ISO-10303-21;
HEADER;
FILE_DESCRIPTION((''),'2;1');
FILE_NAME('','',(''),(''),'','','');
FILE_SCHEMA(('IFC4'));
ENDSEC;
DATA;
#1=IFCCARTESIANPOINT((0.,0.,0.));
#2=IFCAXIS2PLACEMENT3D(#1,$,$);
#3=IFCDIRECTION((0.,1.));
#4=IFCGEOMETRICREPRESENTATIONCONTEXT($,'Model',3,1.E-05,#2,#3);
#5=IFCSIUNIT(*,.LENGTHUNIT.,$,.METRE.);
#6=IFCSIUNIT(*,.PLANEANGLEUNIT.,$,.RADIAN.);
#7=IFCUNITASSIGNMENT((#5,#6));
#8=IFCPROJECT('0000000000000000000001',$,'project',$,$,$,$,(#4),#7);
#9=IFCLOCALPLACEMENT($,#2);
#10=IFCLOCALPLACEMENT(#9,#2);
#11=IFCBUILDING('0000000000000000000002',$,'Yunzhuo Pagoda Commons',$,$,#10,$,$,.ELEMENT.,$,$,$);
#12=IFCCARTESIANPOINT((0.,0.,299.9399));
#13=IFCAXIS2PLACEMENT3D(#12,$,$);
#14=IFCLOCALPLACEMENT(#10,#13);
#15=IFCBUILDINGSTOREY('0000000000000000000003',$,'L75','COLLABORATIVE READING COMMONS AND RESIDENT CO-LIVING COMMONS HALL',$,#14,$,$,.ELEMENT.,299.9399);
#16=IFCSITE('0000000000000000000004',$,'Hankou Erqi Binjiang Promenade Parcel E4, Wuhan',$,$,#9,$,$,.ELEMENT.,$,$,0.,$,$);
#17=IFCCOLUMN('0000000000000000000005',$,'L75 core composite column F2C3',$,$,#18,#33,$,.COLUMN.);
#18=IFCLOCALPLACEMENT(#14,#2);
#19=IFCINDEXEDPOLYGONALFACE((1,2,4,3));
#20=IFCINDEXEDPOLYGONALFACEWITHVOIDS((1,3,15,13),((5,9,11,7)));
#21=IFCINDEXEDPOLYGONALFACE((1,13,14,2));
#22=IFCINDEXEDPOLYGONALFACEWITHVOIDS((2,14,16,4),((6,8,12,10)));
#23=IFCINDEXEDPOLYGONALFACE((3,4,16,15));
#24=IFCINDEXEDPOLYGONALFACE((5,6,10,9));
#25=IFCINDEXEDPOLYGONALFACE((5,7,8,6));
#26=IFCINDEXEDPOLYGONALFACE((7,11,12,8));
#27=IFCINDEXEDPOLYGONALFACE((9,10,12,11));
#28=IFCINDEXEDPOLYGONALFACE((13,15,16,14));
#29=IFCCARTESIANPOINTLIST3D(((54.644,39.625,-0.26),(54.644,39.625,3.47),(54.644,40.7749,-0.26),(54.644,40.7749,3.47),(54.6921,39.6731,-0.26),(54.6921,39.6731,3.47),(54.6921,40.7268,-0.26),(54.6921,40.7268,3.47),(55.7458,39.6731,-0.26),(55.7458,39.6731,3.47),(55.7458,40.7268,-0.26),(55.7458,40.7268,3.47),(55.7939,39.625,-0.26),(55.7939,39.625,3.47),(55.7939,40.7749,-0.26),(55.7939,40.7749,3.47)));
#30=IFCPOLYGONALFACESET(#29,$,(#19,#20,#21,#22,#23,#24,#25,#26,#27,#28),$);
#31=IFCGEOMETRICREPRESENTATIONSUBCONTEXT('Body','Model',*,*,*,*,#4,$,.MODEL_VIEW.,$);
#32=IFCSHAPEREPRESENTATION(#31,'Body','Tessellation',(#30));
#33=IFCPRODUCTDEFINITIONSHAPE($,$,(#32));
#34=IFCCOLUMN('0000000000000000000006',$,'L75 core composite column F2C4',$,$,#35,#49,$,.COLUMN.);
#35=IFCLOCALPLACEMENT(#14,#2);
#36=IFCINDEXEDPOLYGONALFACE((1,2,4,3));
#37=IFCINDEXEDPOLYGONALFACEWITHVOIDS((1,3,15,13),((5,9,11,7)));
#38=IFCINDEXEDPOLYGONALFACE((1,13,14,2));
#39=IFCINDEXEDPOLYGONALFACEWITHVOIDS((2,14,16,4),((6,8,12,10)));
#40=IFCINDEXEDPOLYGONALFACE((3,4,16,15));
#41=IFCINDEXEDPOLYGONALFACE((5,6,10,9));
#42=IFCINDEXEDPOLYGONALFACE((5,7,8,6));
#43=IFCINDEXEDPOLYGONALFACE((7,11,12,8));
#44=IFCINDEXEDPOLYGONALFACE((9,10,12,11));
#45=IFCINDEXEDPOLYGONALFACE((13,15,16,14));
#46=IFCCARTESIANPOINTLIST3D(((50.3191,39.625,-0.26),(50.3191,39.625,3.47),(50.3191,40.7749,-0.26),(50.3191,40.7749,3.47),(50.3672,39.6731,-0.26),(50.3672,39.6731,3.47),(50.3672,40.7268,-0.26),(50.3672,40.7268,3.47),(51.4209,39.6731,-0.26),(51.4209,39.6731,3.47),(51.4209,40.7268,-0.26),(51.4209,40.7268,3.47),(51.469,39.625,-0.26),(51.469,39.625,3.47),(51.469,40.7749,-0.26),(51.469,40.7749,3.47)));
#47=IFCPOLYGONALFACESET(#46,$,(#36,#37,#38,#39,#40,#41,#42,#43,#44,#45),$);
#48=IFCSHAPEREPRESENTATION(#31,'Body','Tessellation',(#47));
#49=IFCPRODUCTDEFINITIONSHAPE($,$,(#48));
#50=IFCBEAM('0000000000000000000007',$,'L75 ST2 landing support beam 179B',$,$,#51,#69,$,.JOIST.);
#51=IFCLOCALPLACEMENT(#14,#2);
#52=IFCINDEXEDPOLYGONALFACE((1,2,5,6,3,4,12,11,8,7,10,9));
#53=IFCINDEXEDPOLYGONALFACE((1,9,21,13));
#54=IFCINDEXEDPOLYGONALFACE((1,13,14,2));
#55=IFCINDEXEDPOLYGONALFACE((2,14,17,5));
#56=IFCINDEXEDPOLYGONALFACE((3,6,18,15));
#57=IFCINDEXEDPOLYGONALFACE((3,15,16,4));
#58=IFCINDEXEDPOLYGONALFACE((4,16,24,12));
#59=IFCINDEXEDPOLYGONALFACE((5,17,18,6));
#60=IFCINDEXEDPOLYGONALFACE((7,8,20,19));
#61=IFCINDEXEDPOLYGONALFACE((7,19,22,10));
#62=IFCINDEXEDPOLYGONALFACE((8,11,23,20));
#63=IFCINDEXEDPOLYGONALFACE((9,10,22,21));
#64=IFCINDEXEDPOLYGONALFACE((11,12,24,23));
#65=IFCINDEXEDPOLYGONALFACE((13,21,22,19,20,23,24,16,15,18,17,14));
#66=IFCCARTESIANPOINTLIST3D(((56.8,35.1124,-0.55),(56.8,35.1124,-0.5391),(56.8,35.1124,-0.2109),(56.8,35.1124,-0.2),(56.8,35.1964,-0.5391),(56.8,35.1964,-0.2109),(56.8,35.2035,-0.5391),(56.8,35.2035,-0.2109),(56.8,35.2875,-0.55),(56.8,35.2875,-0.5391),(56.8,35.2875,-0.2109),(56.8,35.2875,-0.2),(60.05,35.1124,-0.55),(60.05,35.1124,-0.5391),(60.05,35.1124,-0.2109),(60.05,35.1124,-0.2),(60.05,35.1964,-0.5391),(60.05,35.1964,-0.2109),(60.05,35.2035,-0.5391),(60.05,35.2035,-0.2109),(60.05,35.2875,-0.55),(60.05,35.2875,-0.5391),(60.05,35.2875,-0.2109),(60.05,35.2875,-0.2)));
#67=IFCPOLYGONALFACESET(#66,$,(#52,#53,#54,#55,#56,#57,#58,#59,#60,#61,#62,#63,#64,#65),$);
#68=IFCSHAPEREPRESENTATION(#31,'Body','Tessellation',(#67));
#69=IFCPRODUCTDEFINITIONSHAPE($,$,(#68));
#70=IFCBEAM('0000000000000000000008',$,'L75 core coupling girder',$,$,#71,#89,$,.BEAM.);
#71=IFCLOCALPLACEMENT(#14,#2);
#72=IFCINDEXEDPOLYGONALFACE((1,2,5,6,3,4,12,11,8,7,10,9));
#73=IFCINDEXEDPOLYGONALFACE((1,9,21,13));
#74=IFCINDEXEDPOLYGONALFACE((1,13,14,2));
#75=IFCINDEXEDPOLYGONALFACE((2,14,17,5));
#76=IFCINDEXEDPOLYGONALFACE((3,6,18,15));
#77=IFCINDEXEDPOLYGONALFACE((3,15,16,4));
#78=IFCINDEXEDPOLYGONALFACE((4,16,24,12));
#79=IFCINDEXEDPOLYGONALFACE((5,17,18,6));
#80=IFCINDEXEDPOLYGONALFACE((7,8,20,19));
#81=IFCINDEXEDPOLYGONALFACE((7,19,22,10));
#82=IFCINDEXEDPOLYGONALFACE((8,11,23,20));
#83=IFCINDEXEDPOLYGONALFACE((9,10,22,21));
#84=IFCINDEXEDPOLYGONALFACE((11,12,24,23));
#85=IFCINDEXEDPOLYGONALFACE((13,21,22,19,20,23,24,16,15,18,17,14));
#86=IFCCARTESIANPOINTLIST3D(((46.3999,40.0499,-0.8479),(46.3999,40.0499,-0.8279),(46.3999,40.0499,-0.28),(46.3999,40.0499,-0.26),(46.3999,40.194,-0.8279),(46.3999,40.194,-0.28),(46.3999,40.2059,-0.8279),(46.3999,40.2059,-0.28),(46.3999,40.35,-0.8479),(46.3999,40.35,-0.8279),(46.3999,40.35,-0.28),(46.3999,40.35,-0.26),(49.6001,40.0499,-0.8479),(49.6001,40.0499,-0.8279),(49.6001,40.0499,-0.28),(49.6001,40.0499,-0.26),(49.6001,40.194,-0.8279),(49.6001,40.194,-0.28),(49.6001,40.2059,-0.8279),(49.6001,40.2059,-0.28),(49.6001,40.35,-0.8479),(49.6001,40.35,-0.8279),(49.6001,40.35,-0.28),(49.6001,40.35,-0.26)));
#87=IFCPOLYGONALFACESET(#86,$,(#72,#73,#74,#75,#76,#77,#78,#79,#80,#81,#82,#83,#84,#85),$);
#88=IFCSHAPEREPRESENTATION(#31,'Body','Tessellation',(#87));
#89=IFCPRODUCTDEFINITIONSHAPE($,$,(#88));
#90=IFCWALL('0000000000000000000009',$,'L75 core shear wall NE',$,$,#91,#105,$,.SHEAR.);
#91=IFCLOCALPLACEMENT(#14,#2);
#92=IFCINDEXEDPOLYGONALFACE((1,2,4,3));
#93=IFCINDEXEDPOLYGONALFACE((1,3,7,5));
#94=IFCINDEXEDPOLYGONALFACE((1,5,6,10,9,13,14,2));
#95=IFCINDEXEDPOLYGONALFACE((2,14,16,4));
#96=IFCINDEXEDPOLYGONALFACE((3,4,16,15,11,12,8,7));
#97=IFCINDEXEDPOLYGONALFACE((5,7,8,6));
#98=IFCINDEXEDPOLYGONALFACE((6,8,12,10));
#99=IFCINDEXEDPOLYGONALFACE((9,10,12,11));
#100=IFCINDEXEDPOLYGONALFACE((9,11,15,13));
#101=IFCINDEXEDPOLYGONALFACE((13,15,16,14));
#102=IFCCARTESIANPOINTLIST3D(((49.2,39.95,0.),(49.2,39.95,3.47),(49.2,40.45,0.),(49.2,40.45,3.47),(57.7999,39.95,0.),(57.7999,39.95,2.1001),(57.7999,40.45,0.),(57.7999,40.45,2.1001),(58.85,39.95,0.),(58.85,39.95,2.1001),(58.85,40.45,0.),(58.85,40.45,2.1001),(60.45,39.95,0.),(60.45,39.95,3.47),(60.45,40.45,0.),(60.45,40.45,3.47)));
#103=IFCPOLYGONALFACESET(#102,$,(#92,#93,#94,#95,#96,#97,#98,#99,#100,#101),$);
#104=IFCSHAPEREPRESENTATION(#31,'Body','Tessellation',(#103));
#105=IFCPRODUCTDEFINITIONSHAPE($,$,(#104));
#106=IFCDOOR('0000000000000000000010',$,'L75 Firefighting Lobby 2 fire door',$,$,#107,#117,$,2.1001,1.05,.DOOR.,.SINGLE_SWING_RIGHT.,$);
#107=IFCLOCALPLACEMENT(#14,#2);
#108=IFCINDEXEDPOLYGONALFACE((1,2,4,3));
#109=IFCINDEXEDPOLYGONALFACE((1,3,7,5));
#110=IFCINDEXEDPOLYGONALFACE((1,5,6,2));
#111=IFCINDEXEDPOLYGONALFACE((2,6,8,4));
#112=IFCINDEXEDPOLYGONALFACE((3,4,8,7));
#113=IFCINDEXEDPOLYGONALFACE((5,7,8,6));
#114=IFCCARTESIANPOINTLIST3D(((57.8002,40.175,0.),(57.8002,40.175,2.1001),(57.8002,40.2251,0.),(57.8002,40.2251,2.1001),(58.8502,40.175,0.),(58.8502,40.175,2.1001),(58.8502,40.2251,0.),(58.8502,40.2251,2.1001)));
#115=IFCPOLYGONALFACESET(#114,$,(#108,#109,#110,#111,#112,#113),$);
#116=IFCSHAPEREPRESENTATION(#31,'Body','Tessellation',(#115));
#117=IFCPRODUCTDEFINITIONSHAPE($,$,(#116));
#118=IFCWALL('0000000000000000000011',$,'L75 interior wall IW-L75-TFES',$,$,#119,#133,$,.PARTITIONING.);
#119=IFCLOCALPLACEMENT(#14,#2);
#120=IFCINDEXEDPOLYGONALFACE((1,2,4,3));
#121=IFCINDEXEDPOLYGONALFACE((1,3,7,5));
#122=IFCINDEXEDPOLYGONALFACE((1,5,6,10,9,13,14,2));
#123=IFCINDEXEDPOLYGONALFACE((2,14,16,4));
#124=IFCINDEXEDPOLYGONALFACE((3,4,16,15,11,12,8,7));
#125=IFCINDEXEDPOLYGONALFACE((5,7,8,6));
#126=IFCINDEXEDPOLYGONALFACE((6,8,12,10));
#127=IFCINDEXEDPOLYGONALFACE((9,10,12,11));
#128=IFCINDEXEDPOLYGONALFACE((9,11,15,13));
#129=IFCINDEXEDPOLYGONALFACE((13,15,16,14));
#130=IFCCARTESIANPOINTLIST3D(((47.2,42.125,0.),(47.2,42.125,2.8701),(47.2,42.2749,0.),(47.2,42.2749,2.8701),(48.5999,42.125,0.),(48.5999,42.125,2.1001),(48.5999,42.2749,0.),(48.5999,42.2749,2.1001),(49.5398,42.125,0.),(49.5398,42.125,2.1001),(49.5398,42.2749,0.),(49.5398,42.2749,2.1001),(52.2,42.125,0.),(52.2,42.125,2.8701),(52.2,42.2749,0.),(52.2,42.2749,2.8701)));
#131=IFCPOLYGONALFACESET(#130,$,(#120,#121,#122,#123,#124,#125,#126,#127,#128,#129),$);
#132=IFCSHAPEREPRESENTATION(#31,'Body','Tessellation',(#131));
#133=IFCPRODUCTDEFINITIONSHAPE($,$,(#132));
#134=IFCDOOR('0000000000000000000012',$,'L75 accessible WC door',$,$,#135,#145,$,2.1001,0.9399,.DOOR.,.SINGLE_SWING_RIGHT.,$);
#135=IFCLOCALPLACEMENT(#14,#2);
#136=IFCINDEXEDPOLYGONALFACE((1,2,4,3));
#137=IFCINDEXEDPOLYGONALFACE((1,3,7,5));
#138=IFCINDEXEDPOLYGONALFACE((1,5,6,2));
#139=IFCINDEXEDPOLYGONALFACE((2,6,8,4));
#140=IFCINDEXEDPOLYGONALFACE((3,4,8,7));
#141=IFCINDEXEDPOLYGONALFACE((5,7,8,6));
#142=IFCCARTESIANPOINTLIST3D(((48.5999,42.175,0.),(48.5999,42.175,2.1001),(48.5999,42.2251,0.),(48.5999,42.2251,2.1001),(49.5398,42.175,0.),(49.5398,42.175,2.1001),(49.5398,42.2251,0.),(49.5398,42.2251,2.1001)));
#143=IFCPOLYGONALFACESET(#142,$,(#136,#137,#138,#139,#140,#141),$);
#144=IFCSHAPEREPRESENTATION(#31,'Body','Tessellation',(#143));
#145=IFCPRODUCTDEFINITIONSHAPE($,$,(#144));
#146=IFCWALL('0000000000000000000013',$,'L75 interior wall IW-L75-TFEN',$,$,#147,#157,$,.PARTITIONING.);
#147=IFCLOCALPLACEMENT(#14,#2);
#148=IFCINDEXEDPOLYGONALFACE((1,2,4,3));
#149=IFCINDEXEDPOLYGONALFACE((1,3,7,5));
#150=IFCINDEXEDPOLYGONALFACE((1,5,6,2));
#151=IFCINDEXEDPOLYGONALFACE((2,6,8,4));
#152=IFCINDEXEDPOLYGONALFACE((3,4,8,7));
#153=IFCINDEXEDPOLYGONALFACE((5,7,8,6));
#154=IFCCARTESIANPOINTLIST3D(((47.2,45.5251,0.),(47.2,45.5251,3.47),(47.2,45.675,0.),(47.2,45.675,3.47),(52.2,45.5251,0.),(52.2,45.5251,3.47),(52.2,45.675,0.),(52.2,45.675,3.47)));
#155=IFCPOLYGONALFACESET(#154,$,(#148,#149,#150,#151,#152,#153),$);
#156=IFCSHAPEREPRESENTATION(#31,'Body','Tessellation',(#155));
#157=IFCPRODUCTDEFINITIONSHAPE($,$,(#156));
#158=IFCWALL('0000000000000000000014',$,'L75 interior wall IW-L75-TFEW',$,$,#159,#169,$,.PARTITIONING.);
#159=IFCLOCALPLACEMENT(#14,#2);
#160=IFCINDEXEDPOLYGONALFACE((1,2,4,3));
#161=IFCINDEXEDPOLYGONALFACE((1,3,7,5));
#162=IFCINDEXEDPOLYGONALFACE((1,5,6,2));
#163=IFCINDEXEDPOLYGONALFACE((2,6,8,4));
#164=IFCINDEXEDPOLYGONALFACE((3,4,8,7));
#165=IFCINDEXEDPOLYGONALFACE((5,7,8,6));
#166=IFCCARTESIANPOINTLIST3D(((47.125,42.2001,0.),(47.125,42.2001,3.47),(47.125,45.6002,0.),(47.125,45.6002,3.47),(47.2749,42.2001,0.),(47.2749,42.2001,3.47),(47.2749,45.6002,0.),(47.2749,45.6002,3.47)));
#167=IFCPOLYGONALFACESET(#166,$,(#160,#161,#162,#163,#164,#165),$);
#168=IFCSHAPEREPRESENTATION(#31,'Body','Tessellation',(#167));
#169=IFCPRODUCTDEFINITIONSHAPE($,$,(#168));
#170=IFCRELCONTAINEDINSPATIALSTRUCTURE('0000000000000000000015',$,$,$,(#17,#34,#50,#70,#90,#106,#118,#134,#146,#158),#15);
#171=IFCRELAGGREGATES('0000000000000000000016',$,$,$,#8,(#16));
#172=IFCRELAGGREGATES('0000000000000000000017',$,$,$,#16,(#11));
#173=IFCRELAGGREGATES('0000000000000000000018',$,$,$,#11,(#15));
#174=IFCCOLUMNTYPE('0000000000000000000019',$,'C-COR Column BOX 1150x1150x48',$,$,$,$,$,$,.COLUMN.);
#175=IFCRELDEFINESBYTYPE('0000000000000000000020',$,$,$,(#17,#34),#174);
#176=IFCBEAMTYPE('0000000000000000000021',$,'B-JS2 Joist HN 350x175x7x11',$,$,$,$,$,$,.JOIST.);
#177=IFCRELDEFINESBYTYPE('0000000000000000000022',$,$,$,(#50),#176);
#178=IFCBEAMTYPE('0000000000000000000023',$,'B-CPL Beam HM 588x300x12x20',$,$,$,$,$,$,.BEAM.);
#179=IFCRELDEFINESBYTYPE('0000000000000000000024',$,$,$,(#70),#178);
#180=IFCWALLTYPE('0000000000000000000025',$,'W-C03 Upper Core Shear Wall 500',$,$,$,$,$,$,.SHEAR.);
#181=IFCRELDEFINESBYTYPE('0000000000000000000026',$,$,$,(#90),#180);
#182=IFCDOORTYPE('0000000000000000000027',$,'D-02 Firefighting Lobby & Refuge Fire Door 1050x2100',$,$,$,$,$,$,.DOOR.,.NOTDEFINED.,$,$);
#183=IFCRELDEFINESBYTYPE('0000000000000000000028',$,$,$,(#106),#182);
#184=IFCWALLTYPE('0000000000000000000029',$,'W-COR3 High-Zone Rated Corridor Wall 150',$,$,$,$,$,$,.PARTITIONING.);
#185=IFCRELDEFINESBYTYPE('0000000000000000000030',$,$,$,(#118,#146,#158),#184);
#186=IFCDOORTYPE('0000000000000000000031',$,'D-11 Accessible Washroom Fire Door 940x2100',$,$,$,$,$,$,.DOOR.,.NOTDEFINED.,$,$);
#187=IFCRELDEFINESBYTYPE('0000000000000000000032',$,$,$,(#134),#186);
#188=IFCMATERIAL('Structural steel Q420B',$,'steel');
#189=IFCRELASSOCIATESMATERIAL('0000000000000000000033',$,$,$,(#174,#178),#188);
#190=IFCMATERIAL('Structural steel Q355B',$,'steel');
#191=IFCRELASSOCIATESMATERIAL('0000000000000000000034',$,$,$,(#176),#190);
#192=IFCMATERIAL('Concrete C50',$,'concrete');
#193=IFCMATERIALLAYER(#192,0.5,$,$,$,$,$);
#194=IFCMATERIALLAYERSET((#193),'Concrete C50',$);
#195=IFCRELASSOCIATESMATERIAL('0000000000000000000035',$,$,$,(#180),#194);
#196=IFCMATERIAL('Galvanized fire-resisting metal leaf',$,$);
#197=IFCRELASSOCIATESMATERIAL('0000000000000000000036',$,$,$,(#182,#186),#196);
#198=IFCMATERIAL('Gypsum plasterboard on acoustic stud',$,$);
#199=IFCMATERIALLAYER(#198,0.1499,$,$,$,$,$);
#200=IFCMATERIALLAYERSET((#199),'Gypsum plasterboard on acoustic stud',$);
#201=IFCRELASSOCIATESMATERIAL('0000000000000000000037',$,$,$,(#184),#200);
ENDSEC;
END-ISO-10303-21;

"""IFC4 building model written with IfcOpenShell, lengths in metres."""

from ifc_helpers import new_model, si_unit, direction, frame, frame_2d, origin, origin_2d, place, context, subcontext, project, spatial, rectangle, hollow_rectangle, i_section, extrude, source, transform, mapped, material, layer, layer_set, material_profile, profile_set, type_object, element, fill, save


model = new_model("IFC4")

# Units and contexts
model_context = context("Model", 3, precision=1e-05, world=origin(), true_north=direction((0.0, 1.0)))
body_context = subcontext(model_context, "Body", "Model", "MODEL_VIEW")
ifc_project = project(units=[si_unit("LENGTHUNIT", "METRE"), si_unit("PLANEANGLEUNIT", "RADIAN")], contexts=[model_context])

# Site, building, storey
site_placement = place(None, origin())
site = spatial("IfcSite", under=ifc_project, at=site_placement, Name="Hankou Erqi Binjiang Promenade Parcel E4, Wuhan", CompositionType="ELEMENT", RefElevation=0.0)
building_placement = place(site_placement, origin())
building = spatial("IfcBuilding", under=site, at=building_placement, Name="Yunzhuo Pagoda Commons", CompositionType="ELEMENT")
storey_placement = place(building_placement, frame((0.0, 0.0, 299.9399)))
storey = spatial("IfcBuildingStorey", under=building, at=storey_placement, Name="L75", Description="COLLABORATIVE READING COMMONS AND RESIDENT CO-LIVING COMMONS HALL", CompositionType="ELEMENT", Elevation=299.9399)

# Columns
ifc_material_1 = material(Name="Structural steel Q420B", Category="steel")
ifc_material_profile_1 = material_profile(ifc_material_1, hollow_rectangle(XDim=1.1499, YDim=1.1499, WallThickness=0.0481, at=origin_2d()), Name="Structural steel Q420B")
ifc_profile_set_1 = profile_set([ifc_material_profile_1], Name="Structural steel Q420B")
column_type = type_object("IfcColumnType", Name="C-COR Column BOX 1150x1150x48", PredefinedType="COLUMN", material=ifc_profile_set_1)
shared_shape_1 = source(origin(), body_context, "Body", "SweptSolid", [
    extrude(hollow_rectangle(XDim=1.1499, YDim=1.1499, WallThickness=0.0481, at=origin_2d()), origin(), (0.0, 0.0, 1.0), 3.73),
])
for number, where, z_axis, x_axis, name in (
    (1, (55.219, 40.2, -0.26), (0.0, 0.0, 1.0), (1.0, 0.0, 0.0), "L75 core composite column F2C3"),
    (2, (50.894, 40.2, -0.26), (0.0, 0.0, 1.0), (1.0, 0.0, 0.0), "L75 core composite column F2C4"),
):
    element("IfcColumn", number, at=place(storey_placement, frame(where, z_axis=z_axis, x_axis=x_axis)), inside=storey, type_object=column_type, Name=name, PredefinedType="COLUMN", context=body_context, shape_type="MappedRepresentation", body=[
        mapped(shared_shape_1, transform((0.0, 0.0, 0.0), scale=1.0)),
    ])

# Beams
ifc_material_2 = material(Name="Structural steel Q355B", Category="steel")
ifc_material_profile_2 = material_profile(ifc_material_2, i_section(OverallWidth=0.175, OverallDepth=0.3501, WebThickness=0.0071, FlangeThickness=0.011, at=origin_2d()), Name="Structural steel Q355B")
ifc_profile_set_2 = profile_set([ifc_material_profile_2], Name="Structural steel Q355B")
beam_type_1 = type_object("IfcBeamType", Name="B-JS2 Joist HN 350x175x7x11", PredefinedType="JOIST", material=ifc_profile_set_2)
shared_shape_2 = source(origin(), body_context, "Body", "SweptSolid", [
    extrude(i_section(OverallWidth=0.175, OverallDepth=0.3501, WebThickness=0.0071, FlangeThickness=0.011, at=origin_2d()), origin(), (0.0, 0.0, 1.0), 3.25),
])
beam_1_placement = place(storey_placement, frame((56.8, 35.2, -0.375), z_axis=(1.0, 0.0, 0.0), x_axis=(0.0, 1.0, 0.0)))
element("IfcBeam", 3, at=beam_1_placement, inside=storey, type_object=beam_type_1, Name="L75 ST2 landing support beam 179B", PredefinedType="JOIST", context=body_context, shape_type="MappedRepresentation", body=[
    mapped(shared_shape_2, transform((0.0, 0.0, 0.0), scale=1.0)),
])
ifc_material_profile_3 = material_profile(ifc_material_1, i_section(OverallWidth=0.3, OverallDepth=0.5879, WebThickness=0.012, FlangeThickness=0.02, at=origin_2d()), Name="Structural steel Q420B")
ifc_profile_set_3 = profile_set([ifc_material_profile_3], Name="Structural steel Q420B")
beam_type_2 = type_object("IfcBeamType", Name="B-CPL Beam HM 588x300x12x20", PredefinedType="BEAM", material=ifc_profile_set_3)
shared_shape_3 = source(origin(), body_context, "Body", "SweptSolid", [
    extrude(i_section(OverallWidth=0.3, OverallDepth=0.5879, WebThickness=0.012, FlangeThickness=0.02, at=origin_2d()), origin(), (0.0, 0.0, 1.0), 3.2002),
])
beam_2_placement = place(storey_placement, frame((46.3999, 40.2, -0.554), z_axis=(1.0, 0.0, 0.0), x_axis=(0.0, 1.0, 0.0)))
element("IfcBeam", 4, at=beam_2_placement, inside=storey, type_object=beam_type_2, Name="L75 core coupling girder", PredefinedType="BEAM", context=body_context, shape_type="MappedRepresentation", body=[
    mapped(shared_shape_3, transform((0.0, 0.0, 0.0), scale=1.0)),
])

# Walls, openings, doors
ifc_material_3 = material(Name="Concrete C50", Category="concrete")
ifc_layer_1 = layer(ifc_material_3, 0.5)
ifc_layer_set_1 = layer_set([ifc_layer_1], Name="Concrete C50")
wall_type_1 = type_object("IfcWallType", Name="W-C03 Upper Core Shear Wall 500", PredefinedType="SHEAR", material=ifc_layer_set_1)
wall_1_placement = place(storey_placement, frame((49.2, 40.2, 0.0), z_axis=(0.0, 0.0, 1.0), x_axis=(1.0, 0.0, 0.0)))
wall_1 = element("IfcWall", 5, at=wall_1_placement, inside=storey, type_object=wall_type_1, Name="L75 core shear wall NE", PredefinedType="SHEAR", context=body_context, shape_type="SweptSolid", body=[
    extrude(rectangle(XDim=11.25, YDim=0.5, at=frame_2d((5.625, 0.0))), origin(), (0.0, 0.0, 1.0), 3.47),
])
opening_1_placement = place(wall_1_placement, frame((8.6001, 0.0, 0.0)))
opening_1 = element("IfcOpeningElement", 6, at=opening_1_placement, cuts=wall_1, PredefinedType="OPENING", context=body_context, shape_type="SweptSolid", body=[
    extrude(rectangle(XDim=1.05, YDim=2.1001, at=frame_2d((0.5249, 1.05))), frame((0.0, 0.26, 0.0), z_axis=(0.0, -1.0, 0.0), x_axis=(1.0, 0.0, 0.0)), (0.0, 0.0, 1.0), 0.52),
])
ifc_material_4 = material(Name="Galvanized fire-resisting metal leaf")
door_type_1 = type_object("IfcDoorType", Name="D-02 Firefighting Lobby & Refuge Fire Door 1050x2100", OperationType="NOTDEFINED", PredefinedType="DOOR", material=ifc_material_4)
shared_shape_4 = source(origin(), body_context, "Body", "SweptSolid", [
    extrude(rectangle(XDim=1.05, YDim=2.1001, at=frame_2d((0.5249, 1.05))), frame((0.0, 0.0249, 0.0), z_axis=(0.0, -1.0, 0.0), x_axis=(1.0, 0.0, 0.0)), (0.0, 0.0, 1.0), 0.05),
])
door_1_placement = place(opening_1_placement, frame((1.05, 0.0, 0.0), z_axis=(0.0, 0.0, 1.0), x_axis=(-1.0, 0.0, 0.0)))
door_1 = element("IfcDoor", 7, at=door_1_placement, inside=storey, type_object=door_type_1, Name="L75 Firefighting Lobby 2 fire door", OperationType="SINGLE_SWING_RIGHT", OverallHeight=2.1001, OverallWidth=1.05, PredefinedType="DOOR", context=body_context, shape_type="MappedRepresentation", body=[
    mapped(shared_shape_4, transform((0.0, 0.0, 0.0), scale=1.0)),
])
fill(opening_1, door_1)
ifc_material_5 = material(Name="Gypsum plasterboard on acoustic stud")
ifc_layer_2 = layer(ifc_material_5, 0.1499)
ifc_layer_set_2 = layer_set([ifc_layer_2], Name="Gypsum plasterboard on acoustic stud")
wall_type_2 = type_object("IfcWallType", Name="W-COR3 High-Zone Rated Corridor Wall 150", PredefinedType="PARTITIONING", material=ifc_layer_set_2)
wall_2_placement = place(storey_placement, frame((47.2, 42.2, 0.0), z_axis=(0.0, 0.0, 1.0), x_axis=(1.0, 0.0, 0.0)))
wall_2 = element("IfcWall", 8, at=wall_2_placement, inside=storey, type_object=wall_type_2, Name="L75 interior wall IW-L75-TFES", PredefinedType="PARTITIONING", context=body_context, shape_type="SweptSolid", body=[
    extrude(rectangle(XDim=5.0, YDim=0.1499, at=frame_2d((2.5, 0.0))), origin(), (0.0, 0.0, 1.0), 2.8701),
])
opening_2_placement = place(wall_2_placement, frame((1.3999, 0.0, 0.0)))
opening_2 = element("IfcOpeningElement", 9, at=opening_2_placement, cuts=wall_2, PredefinedType="OPENING", context=body_context, shape_type="SweptSolid", body=[
    extrude(rectangle(XDim=0.9399, YDim=2.1001, at=frame_2d((0.47, 1.05))), frame((0.0, 0.085, 0.0), z_axis=(0.0, -1.0, 0.0), x_axis=(1.0, 0.0, 0.0)), (0.0, 0.0, 1.0), 0.1699),
])
door_type_2 = type_object("IfcDoorType", Name="D-11 Accessible Washroom Fire Door 940x2100", OperationType="NOTDEFINED", PredefinedType="DOOR", material=ifc_material_4)
shared_shape_5 = source(origin(), body_context, "Body", "SweptSolid", [
    extrude(rectangle(XDim=0.9399, YDim=2.1001, at=frame_2d((0.47, 1.05))), frame((0.0, 0.0249, 0.0), z_axis=(0.0, -1.0, 0.0), x_axis=(1.0, 0.0, 0.0)), (0.0, 0.0, 1.0), 0.05),
])
door_2_placement = place(opening_2_placement, frame((0.9399, 0.0, 0.0), z_axis=(0.0, 0.0, 1.0), x_axis=(-1.0, 0.0, 0.0)))
door_2 = element("IfcDoor", 10, at=door_2_placement, inside=storey, type_object=door_type_2, Name="L75 accessible WC door", OperationType="SINGLE_SWING_RIGHT", OverallHeight=2.1001, OverallWidth=0.9399, PredefinedType="DOOR", context=body_context, shape_type="MappedRepresentation", body=[
    mapped(shared_shape_5, transform((0.0, 0.0, 0.0), scale=1.0)),
])
fill(opening_2, door_2)

# Walls
wall_3_placement = place(storey_placement, frame((47.2, 45.6001, 0.0), z_axis=(0.0, 0.0, 1.0), x_axis=(1.0, 0.0, 0.0)))
element("IfcWall", 11, at=wall_3_placement, inside=storey, type_object=wall_type_2, Name="L75 interior wall IW-L75-TFEN", PredefinedType="PARTITIONING", context=body_context, shape_type="SweptSolid", body=[
    extrude(rectangle(XDim=5.0, YDim=0.1499, at=frame_2d((2.5, 0.0))), origin(), (0.0, 0.0, 1.0), 3.47),
])
wall_4_placement = place(storey_placement, frame((47.2, 42.2, 0.0), z_axis=(0.0, 0.0, 1.0), x_axis=(0.0, 1.0, 0.0)))
element("IfcWall", 12, at=wall_4_placement, inside=storey, type_object=wall_type_2, Name="L75 interior wall IW-L75-TFEW", PredefinedType="PARTITIONING", context=body_context, shape_type="SweptSolid", body=[
    extrude(rectangle(XDim=3.4001, YDim=0.1499, at=frame_2d((1.7002, 0.0))), origin(), (0.0, 0.0, 1.0), 3.47),
])

save(model, "model.ifc")
